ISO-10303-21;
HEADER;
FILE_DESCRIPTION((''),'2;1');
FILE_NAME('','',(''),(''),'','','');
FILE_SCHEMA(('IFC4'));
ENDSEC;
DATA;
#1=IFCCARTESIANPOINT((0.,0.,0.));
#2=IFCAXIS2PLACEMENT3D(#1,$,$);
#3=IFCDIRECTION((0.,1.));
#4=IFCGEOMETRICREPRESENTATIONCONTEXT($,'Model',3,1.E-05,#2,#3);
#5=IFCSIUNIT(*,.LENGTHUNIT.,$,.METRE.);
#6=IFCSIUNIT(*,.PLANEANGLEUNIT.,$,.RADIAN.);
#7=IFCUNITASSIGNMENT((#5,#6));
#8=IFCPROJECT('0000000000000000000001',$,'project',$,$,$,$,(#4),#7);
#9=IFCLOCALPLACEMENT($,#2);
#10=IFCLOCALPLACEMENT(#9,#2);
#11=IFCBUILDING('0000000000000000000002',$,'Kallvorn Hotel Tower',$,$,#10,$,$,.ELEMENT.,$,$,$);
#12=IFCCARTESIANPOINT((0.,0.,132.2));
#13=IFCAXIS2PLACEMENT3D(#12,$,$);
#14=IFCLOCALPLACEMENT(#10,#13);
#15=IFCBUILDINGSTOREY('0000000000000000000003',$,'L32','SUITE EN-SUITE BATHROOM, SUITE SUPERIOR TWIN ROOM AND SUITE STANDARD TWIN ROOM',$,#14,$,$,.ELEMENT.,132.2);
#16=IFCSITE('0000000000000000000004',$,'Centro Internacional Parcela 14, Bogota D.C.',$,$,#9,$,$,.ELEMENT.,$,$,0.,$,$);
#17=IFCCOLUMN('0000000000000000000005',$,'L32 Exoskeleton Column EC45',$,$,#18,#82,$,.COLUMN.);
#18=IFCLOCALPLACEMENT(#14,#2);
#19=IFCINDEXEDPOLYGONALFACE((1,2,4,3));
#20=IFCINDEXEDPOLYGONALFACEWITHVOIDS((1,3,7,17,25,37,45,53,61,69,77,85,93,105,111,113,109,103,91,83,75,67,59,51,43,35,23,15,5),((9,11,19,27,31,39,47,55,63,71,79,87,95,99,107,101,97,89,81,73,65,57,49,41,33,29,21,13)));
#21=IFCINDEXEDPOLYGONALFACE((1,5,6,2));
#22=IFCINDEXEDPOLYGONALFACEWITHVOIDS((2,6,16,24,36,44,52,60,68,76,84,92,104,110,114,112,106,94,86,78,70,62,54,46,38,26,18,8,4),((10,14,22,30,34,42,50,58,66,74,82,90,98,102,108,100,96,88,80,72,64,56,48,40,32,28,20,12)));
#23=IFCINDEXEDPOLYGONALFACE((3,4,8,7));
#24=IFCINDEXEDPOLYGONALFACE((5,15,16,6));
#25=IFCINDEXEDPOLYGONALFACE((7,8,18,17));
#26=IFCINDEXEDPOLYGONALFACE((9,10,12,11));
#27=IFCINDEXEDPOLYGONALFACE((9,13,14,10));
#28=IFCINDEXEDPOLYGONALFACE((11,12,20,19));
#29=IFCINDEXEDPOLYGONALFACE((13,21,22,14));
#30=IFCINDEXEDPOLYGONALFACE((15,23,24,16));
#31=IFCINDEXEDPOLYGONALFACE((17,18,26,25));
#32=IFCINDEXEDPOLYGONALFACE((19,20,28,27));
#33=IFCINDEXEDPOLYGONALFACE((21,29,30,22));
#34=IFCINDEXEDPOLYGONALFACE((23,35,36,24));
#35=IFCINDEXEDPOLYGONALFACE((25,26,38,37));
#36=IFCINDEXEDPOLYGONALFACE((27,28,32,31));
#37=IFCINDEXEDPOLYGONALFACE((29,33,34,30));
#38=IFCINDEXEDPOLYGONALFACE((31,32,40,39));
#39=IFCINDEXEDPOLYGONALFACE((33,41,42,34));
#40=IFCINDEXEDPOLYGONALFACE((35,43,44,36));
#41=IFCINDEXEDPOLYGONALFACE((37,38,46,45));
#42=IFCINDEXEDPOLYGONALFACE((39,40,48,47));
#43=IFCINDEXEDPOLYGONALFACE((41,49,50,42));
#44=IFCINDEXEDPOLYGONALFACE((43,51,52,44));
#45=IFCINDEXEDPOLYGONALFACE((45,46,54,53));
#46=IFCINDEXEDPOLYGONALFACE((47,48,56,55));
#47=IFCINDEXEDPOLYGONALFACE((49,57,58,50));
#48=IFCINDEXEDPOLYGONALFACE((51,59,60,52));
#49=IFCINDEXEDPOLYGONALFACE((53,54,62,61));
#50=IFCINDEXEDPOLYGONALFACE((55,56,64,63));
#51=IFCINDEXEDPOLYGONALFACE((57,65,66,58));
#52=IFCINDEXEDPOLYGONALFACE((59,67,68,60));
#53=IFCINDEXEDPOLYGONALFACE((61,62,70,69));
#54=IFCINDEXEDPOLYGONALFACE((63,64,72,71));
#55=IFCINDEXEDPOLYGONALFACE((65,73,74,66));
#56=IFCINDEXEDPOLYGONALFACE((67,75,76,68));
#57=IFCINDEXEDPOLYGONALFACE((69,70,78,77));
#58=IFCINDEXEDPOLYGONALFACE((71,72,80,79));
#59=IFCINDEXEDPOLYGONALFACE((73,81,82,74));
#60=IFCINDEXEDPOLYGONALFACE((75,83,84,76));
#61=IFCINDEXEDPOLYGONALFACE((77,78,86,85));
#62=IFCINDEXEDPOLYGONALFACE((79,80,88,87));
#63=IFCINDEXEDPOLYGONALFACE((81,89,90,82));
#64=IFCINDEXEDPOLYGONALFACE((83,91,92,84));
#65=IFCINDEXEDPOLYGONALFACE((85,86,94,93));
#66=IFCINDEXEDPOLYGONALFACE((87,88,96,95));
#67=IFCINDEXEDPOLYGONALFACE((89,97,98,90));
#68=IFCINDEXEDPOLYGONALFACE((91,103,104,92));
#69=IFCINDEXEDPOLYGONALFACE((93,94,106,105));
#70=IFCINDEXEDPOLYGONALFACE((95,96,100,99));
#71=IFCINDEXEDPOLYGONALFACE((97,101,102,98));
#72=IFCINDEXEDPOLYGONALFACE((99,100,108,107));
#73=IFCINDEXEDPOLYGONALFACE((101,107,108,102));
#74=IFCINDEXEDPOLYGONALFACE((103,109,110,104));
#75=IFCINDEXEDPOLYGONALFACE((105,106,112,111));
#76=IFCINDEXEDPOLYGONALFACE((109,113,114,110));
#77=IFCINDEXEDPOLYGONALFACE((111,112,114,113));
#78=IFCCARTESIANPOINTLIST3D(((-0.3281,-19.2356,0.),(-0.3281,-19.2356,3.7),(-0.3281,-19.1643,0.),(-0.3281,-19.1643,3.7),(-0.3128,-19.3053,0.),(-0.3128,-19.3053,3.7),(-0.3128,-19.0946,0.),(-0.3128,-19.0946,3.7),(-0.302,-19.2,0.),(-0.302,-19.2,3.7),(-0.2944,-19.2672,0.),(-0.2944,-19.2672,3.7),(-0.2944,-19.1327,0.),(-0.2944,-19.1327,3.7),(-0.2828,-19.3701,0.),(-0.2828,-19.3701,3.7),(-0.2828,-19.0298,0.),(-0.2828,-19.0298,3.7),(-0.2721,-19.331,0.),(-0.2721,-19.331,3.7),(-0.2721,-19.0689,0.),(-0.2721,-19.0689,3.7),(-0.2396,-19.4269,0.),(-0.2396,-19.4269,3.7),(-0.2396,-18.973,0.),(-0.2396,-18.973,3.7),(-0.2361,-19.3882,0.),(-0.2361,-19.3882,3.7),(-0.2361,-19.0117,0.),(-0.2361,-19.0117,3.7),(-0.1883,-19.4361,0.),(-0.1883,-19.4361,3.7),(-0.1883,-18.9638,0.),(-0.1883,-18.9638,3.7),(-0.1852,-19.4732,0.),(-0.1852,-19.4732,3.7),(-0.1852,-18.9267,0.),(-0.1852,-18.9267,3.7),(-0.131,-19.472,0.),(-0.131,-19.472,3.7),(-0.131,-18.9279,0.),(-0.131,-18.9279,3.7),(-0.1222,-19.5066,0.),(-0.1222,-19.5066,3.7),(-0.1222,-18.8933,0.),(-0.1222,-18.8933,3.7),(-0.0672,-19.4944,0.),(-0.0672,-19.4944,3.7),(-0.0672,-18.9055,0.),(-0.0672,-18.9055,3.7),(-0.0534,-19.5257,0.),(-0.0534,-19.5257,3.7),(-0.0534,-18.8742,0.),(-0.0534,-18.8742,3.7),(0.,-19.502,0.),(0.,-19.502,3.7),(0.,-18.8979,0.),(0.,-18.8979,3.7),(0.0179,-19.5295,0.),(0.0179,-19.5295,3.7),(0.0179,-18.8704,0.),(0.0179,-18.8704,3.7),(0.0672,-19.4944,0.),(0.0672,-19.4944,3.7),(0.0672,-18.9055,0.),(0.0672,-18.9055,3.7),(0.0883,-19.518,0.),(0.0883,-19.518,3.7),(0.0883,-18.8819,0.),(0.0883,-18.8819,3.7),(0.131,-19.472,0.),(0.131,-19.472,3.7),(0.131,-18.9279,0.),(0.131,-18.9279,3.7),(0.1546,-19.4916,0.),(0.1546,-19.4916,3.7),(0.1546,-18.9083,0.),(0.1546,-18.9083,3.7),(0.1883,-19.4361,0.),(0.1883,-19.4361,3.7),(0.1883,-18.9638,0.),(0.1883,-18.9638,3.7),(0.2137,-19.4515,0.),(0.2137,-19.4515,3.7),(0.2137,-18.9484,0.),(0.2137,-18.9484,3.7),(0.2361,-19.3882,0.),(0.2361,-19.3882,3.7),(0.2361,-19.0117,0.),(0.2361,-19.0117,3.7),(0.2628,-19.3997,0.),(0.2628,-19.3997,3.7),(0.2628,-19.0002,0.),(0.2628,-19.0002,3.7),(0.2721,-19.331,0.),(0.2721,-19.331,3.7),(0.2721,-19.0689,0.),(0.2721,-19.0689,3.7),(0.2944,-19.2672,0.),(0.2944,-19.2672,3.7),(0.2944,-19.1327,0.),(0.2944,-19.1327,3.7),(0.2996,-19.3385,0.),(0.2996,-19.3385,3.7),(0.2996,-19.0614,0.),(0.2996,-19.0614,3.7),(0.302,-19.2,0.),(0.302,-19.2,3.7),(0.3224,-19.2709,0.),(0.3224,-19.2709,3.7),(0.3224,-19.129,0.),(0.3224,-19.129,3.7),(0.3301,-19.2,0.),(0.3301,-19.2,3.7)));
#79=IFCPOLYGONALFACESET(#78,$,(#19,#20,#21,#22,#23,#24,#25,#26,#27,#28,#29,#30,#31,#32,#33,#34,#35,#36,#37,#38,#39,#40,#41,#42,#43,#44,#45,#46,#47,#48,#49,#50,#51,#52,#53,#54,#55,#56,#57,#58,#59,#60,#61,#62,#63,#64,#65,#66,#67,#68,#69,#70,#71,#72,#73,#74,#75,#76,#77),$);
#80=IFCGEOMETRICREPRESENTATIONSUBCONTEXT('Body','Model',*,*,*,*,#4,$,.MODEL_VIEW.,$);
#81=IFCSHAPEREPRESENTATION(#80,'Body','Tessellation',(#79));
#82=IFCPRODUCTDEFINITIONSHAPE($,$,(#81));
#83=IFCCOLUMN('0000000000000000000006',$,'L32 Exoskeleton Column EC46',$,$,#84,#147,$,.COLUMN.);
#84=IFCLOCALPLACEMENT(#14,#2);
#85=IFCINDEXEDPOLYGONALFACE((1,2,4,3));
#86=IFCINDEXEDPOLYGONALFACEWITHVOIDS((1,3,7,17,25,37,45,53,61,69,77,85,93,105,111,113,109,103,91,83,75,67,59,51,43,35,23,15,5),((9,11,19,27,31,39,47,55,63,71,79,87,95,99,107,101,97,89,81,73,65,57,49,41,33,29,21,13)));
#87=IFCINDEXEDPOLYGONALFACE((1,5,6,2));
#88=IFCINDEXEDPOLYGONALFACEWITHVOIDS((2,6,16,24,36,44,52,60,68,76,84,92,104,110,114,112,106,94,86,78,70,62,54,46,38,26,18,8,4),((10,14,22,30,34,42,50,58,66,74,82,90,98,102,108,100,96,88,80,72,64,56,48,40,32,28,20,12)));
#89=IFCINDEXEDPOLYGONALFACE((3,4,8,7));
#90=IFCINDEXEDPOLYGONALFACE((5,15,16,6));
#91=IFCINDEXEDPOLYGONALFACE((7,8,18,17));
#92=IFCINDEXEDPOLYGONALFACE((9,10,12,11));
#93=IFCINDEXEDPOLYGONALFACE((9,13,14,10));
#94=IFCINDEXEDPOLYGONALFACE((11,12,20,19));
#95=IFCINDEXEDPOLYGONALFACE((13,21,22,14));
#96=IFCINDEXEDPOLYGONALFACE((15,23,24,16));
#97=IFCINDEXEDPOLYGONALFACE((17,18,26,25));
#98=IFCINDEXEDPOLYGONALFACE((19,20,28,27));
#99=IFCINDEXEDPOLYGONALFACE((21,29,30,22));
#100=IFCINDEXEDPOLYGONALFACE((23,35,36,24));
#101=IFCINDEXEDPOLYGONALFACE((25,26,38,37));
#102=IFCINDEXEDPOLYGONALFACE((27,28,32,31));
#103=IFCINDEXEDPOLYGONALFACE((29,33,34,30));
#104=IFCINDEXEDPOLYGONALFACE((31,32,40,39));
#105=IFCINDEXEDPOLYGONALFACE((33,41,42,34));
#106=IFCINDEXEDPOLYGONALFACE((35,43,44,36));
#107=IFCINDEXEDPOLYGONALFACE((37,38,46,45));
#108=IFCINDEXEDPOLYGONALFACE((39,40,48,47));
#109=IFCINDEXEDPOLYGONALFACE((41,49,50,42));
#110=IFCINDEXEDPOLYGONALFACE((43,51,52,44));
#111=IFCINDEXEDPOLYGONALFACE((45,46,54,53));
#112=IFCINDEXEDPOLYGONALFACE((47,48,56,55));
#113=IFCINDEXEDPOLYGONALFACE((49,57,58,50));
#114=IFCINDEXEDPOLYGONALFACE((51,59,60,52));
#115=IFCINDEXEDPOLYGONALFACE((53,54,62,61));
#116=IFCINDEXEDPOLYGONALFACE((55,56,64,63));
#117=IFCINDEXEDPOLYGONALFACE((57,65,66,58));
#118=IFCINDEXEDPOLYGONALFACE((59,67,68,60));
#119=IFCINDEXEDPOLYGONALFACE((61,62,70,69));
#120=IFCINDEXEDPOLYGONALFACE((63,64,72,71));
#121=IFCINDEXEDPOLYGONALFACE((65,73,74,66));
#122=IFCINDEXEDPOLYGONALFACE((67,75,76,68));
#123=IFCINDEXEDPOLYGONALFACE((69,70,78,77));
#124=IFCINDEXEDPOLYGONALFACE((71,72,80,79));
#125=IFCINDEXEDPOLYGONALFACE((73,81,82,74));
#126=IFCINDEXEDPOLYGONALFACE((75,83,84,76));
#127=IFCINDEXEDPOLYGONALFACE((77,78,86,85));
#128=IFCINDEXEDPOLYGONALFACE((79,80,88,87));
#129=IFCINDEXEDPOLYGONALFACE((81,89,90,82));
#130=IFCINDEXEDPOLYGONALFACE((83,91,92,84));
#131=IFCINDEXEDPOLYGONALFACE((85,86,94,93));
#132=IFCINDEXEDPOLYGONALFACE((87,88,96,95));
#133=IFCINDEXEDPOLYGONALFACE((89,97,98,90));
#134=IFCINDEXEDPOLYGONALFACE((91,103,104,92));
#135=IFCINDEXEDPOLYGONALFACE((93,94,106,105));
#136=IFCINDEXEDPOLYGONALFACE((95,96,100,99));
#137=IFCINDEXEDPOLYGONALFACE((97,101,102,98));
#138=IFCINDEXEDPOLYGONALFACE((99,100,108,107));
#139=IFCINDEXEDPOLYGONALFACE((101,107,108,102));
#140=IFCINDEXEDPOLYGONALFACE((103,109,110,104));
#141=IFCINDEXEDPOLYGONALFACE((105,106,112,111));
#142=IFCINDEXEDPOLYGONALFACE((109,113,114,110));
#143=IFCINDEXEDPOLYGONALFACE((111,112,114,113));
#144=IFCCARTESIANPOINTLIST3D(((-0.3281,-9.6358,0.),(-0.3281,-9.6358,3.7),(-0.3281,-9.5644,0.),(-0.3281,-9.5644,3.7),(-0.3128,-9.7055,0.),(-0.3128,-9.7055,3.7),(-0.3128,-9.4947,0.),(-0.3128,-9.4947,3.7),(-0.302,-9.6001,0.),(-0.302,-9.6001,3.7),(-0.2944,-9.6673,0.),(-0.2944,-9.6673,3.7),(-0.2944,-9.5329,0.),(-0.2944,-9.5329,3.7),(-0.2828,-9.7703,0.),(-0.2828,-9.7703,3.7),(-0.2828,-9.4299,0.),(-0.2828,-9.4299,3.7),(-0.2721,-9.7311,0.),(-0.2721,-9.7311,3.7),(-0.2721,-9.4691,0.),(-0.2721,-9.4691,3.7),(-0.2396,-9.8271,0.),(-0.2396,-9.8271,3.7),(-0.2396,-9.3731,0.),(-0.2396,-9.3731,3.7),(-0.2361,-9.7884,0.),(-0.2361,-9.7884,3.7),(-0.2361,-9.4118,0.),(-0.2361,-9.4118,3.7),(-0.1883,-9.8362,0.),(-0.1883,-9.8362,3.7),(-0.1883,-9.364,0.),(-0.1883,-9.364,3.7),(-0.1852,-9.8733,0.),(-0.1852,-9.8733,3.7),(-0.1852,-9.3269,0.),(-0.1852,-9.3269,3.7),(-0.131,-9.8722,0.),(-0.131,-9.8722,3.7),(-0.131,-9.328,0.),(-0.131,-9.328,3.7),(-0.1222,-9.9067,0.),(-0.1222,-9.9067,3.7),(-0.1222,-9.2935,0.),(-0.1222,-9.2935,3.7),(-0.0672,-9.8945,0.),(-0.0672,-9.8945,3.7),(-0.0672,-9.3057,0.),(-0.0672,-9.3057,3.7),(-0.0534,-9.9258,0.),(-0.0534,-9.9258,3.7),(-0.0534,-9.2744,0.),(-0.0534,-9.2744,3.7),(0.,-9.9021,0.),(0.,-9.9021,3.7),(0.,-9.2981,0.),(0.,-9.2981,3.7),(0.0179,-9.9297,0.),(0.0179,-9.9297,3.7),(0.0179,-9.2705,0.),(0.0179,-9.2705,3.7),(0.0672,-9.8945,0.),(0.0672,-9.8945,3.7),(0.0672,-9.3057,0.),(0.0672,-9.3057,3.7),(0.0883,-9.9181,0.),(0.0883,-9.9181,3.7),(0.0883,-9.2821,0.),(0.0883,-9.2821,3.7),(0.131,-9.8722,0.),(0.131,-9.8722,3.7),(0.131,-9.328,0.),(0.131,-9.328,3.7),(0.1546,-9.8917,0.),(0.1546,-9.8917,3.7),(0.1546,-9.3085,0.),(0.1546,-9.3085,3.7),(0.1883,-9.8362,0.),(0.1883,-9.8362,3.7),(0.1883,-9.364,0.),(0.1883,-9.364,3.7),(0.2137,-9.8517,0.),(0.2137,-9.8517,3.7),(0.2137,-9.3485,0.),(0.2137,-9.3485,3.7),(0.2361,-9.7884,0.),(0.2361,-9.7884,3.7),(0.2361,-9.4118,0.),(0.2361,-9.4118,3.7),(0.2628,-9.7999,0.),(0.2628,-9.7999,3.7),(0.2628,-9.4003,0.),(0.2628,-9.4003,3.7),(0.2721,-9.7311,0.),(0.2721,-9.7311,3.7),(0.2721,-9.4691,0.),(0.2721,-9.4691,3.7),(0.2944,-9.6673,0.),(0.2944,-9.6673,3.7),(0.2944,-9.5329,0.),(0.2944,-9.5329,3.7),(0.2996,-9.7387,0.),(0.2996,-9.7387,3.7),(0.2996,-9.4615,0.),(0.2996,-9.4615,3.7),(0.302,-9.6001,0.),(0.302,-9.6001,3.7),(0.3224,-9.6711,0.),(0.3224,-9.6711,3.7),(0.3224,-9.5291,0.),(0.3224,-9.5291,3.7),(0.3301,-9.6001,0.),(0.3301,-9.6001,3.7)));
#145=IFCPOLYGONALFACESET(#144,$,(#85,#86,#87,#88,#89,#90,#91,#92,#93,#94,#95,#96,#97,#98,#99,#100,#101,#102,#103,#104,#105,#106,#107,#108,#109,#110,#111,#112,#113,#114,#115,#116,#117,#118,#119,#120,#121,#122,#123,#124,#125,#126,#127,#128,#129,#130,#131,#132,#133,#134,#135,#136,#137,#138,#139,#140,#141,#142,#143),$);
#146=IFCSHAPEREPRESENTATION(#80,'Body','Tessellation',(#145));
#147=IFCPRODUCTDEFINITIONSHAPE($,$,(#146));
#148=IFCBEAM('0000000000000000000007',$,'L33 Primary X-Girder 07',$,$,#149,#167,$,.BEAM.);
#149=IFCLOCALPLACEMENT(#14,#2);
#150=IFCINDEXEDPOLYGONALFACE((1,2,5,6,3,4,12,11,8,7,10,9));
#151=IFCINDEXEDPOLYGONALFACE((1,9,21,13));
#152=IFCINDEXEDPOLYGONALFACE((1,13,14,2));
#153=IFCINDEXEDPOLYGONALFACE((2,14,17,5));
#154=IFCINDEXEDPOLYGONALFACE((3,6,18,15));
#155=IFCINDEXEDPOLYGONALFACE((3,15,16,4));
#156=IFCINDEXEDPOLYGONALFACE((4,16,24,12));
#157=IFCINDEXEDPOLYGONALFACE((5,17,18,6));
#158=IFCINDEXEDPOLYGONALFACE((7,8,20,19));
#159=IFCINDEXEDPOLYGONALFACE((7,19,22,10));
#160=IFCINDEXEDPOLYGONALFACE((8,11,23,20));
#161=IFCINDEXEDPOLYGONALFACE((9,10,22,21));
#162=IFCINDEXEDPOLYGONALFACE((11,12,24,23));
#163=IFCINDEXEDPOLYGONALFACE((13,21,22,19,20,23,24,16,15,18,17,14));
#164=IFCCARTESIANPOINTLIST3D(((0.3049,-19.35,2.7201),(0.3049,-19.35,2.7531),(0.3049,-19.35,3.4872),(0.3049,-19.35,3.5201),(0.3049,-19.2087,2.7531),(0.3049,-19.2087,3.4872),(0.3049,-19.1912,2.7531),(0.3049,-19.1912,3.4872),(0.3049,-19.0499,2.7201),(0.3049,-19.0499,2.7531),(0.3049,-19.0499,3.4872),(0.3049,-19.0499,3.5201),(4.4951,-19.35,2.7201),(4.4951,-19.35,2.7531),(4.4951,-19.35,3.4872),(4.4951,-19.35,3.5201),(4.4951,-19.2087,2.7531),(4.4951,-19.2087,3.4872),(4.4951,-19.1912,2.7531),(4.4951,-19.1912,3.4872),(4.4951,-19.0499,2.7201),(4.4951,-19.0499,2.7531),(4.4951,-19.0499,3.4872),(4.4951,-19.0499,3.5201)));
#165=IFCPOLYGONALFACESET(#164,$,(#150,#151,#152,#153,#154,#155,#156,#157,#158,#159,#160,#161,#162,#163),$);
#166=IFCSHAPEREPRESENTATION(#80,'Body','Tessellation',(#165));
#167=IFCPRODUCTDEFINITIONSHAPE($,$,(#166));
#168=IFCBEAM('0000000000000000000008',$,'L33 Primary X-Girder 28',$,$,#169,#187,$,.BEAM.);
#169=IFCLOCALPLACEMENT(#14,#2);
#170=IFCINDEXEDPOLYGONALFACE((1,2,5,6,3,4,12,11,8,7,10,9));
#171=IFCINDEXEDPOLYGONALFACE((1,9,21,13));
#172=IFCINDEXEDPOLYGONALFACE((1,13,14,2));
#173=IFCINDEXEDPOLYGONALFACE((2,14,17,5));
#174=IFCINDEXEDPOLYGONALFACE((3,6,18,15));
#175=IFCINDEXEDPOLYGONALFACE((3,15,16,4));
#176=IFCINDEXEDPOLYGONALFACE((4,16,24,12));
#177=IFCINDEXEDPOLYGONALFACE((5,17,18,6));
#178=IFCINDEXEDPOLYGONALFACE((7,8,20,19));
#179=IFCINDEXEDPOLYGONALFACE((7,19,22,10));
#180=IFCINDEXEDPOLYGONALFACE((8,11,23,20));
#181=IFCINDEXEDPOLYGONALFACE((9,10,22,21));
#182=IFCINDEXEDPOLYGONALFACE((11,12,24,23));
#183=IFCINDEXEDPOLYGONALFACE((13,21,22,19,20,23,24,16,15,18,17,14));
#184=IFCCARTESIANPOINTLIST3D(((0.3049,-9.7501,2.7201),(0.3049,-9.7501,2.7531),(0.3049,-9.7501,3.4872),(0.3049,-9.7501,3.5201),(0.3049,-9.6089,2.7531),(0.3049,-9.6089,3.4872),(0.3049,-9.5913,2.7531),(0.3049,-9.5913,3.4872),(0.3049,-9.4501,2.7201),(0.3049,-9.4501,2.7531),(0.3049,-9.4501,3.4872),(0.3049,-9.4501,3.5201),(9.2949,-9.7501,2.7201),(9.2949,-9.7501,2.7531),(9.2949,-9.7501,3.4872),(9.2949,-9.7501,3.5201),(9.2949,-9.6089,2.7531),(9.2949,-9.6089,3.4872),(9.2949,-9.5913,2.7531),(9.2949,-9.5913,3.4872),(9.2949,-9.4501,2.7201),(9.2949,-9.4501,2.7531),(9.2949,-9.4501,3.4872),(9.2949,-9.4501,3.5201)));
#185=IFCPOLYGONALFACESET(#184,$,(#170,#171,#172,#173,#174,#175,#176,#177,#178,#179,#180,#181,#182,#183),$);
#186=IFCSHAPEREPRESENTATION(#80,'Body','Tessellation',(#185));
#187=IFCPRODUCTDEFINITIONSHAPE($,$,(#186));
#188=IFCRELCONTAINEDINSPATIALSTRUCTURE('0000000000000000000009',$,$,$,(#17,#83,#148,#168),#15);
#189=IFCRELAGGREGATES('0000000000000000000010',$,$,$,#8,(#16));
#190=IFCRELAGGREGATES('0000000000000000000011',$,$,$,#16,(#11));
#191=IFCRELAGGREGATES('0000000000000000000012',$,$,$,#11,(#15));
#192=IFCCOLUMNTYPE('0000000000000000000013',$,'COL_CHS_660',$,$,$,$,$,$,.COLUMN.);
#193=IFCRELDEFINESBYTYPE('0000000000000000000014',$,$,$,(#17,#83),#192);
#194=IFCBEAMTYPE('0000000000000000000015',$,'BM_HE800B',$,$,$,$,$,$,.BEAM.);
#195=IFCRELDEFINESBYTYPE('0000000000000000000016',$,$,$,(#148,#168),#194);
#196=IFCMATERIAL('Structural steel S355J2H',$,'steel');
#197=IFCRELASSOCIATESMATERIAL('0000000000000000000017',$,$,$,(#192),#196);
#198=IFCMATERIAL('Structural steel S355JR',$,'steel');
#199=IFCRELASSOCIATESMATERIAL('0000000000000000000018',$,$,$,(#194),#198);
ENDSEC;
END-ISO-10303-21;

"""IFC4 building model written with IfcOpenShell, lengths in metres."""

from ifc_helpers import new_model, si_unit, direction, frame, origin, origin_2d, place, context, subcontext, project, spatial, hollow_circle, i_section, extrude, material, material_profile, profile_set, type_object, element, save


model = new_model("IFC4")

# Units and contexts
model_context = context("Model", 3, precision=1e-05, world=origin(), true_north=direction((0.0, 1.0)))
body_context = subcontext(model_context, "Body", "Model", "MODEL_VIEW")
ifc_project = project(units=[si_unit("LENGTHUNIT", "METRE"), si_unit("PLANEANGLEUNIT", "RADIAN")], contexts=[model_context])

# Site, building, storey
site_placement = place(None, origin())
site = spatial("IfcSite", under=ifc_project, at=site_placement, Name="Centro Internacional Parcela 14, Bogota D.C.", CompositionType="ELEMENT", RefElevation=0.0)
building_placement = place(site_placement, origin())
building = spatial("IfcBuilding", under=site, at=building_placement, Name="Kallvorn Hotel Tower", CompositionType="ELEMENT")
storey_placement = place(building_placement, frame((0.0, 0.0, 132.2)))
storey = spatial("IfcBuildingStorey", under=building, at=storey_placement, Name="L32", Description="SUITE EN-SUITE BATHROOM, SUITE SUPERIOR TWIN ROOM AND SUITE STANDARD TWIN ROOM", CompositionType="ELEMENT", Elevation=132.2)

# Columns
ifc_material_1 = material(Name="Structural steel S355J2H", Category="steel")
ifc_material_profile_1 = material_profile(ifc_material_1, hollow_circle(Radius=0.3301, WallThickness=0.0281, at=origin_2d()), Name="CHS 660x28")
ifc_profile_set_1 = profile_set([ifc_material_profile_1], Name="Structural steel S355J2H")
column_type = type_object("IfcColumnType", Name="COL_CHS_660", PredefinedType="COLUMN", material=ifc_profile_set_1)
for number, where, z_axis, x_axis, name in (
    (1, (0.0, -19.2, 0.0), (0.0, 0.0, 1.0), (1.0, 0.0, 0.0), "L32 Exoskeleton Column EC45"),
    (2, (0.0, -9.6001, 0.0), (0.0, 0.0, 1.0), (1.0, 0.0, 0.0), "L32 Exoskeleton Column EC46"),
):
    element("IfcColumn", number, at=place(storey_placement, frame(where, z_axis=z_axis, x_axis=x_axis)), inside=storey, type_object=column_type, Name=name, PredefinedType="COLUMN", context=body_context, shape_type="SweptSolid", body=[
        extrude(hollow_circle(Radius=0.3301, WallThickness=0.0281, at=origin_2d()), origin(), (0.0, 0.0, 1.0), 3.7),
    ])

# Beams
ifc_material_2 = material(Name="Structural steel S355JR", Category="steel")
ifc_material_profile_2 = material_profile(ifc_material_2, i_section(OverallWidth=0.3, OverallDepth=0.8, WebThickness=0.0176, FlangeThickness=0.033, at=origin_2d()), Name="HE 800 B")
ifc_profile_set_2 = profile_set([ifc_material_profile_2], Name="Structural steel S355JR")
beam_type_1 = type_object("IfcBeamType", Name="BM_HE800B", PredefinedType="BEAM", material=ifc_profile_set_2)
beam_1_placement = place(storey_placement, frame((0.3049, -19.2, 3.1201), z_axis=(1.0, 0.0, 0.0), x_axis=(0.0, 1.0, 0.0)))
element("IfcBeam", 3, at=beam_1_placement, inside=storey, type_object=beam_type_1, Name="L33 Primary X-Girder 07", PredefinedType="BEAM", context=body_context, shape_type="SweptSolid", body=[
    extrude(i_section(OverallWidth=0.3, OverallDepth=0.8, WebThickness=0.0176, FlangeThickness=0.033, at=origin_2d()), origin(), (0.0, 0.0, 1.0), 4.1902),
])
beam_2_placement = place(storey_placement, frame((0.3049, -9.6001, 3.1201), z_axis=(1.0, 0.0, 0.0), x_axis=(0.0, 1.0, 0.0)))
element("IfcBeam", 4, at=beam_2_placement, inside=storey, type_object=beam_type_1, Name="L33 Primary X-Girder 28", PredefinedType="BEAM", context=body_context, shape_type="SweptSolid", body=[
    extrude(i_section(OverallWidth=0.3, OverallDepth=0.8, WebThickness=0.0176, FlangeThickness=0.033, at=origin_2d()), origin(), (0.0, 0.0, 1.0), 8.99),
])

save(model, "model.ifc")
